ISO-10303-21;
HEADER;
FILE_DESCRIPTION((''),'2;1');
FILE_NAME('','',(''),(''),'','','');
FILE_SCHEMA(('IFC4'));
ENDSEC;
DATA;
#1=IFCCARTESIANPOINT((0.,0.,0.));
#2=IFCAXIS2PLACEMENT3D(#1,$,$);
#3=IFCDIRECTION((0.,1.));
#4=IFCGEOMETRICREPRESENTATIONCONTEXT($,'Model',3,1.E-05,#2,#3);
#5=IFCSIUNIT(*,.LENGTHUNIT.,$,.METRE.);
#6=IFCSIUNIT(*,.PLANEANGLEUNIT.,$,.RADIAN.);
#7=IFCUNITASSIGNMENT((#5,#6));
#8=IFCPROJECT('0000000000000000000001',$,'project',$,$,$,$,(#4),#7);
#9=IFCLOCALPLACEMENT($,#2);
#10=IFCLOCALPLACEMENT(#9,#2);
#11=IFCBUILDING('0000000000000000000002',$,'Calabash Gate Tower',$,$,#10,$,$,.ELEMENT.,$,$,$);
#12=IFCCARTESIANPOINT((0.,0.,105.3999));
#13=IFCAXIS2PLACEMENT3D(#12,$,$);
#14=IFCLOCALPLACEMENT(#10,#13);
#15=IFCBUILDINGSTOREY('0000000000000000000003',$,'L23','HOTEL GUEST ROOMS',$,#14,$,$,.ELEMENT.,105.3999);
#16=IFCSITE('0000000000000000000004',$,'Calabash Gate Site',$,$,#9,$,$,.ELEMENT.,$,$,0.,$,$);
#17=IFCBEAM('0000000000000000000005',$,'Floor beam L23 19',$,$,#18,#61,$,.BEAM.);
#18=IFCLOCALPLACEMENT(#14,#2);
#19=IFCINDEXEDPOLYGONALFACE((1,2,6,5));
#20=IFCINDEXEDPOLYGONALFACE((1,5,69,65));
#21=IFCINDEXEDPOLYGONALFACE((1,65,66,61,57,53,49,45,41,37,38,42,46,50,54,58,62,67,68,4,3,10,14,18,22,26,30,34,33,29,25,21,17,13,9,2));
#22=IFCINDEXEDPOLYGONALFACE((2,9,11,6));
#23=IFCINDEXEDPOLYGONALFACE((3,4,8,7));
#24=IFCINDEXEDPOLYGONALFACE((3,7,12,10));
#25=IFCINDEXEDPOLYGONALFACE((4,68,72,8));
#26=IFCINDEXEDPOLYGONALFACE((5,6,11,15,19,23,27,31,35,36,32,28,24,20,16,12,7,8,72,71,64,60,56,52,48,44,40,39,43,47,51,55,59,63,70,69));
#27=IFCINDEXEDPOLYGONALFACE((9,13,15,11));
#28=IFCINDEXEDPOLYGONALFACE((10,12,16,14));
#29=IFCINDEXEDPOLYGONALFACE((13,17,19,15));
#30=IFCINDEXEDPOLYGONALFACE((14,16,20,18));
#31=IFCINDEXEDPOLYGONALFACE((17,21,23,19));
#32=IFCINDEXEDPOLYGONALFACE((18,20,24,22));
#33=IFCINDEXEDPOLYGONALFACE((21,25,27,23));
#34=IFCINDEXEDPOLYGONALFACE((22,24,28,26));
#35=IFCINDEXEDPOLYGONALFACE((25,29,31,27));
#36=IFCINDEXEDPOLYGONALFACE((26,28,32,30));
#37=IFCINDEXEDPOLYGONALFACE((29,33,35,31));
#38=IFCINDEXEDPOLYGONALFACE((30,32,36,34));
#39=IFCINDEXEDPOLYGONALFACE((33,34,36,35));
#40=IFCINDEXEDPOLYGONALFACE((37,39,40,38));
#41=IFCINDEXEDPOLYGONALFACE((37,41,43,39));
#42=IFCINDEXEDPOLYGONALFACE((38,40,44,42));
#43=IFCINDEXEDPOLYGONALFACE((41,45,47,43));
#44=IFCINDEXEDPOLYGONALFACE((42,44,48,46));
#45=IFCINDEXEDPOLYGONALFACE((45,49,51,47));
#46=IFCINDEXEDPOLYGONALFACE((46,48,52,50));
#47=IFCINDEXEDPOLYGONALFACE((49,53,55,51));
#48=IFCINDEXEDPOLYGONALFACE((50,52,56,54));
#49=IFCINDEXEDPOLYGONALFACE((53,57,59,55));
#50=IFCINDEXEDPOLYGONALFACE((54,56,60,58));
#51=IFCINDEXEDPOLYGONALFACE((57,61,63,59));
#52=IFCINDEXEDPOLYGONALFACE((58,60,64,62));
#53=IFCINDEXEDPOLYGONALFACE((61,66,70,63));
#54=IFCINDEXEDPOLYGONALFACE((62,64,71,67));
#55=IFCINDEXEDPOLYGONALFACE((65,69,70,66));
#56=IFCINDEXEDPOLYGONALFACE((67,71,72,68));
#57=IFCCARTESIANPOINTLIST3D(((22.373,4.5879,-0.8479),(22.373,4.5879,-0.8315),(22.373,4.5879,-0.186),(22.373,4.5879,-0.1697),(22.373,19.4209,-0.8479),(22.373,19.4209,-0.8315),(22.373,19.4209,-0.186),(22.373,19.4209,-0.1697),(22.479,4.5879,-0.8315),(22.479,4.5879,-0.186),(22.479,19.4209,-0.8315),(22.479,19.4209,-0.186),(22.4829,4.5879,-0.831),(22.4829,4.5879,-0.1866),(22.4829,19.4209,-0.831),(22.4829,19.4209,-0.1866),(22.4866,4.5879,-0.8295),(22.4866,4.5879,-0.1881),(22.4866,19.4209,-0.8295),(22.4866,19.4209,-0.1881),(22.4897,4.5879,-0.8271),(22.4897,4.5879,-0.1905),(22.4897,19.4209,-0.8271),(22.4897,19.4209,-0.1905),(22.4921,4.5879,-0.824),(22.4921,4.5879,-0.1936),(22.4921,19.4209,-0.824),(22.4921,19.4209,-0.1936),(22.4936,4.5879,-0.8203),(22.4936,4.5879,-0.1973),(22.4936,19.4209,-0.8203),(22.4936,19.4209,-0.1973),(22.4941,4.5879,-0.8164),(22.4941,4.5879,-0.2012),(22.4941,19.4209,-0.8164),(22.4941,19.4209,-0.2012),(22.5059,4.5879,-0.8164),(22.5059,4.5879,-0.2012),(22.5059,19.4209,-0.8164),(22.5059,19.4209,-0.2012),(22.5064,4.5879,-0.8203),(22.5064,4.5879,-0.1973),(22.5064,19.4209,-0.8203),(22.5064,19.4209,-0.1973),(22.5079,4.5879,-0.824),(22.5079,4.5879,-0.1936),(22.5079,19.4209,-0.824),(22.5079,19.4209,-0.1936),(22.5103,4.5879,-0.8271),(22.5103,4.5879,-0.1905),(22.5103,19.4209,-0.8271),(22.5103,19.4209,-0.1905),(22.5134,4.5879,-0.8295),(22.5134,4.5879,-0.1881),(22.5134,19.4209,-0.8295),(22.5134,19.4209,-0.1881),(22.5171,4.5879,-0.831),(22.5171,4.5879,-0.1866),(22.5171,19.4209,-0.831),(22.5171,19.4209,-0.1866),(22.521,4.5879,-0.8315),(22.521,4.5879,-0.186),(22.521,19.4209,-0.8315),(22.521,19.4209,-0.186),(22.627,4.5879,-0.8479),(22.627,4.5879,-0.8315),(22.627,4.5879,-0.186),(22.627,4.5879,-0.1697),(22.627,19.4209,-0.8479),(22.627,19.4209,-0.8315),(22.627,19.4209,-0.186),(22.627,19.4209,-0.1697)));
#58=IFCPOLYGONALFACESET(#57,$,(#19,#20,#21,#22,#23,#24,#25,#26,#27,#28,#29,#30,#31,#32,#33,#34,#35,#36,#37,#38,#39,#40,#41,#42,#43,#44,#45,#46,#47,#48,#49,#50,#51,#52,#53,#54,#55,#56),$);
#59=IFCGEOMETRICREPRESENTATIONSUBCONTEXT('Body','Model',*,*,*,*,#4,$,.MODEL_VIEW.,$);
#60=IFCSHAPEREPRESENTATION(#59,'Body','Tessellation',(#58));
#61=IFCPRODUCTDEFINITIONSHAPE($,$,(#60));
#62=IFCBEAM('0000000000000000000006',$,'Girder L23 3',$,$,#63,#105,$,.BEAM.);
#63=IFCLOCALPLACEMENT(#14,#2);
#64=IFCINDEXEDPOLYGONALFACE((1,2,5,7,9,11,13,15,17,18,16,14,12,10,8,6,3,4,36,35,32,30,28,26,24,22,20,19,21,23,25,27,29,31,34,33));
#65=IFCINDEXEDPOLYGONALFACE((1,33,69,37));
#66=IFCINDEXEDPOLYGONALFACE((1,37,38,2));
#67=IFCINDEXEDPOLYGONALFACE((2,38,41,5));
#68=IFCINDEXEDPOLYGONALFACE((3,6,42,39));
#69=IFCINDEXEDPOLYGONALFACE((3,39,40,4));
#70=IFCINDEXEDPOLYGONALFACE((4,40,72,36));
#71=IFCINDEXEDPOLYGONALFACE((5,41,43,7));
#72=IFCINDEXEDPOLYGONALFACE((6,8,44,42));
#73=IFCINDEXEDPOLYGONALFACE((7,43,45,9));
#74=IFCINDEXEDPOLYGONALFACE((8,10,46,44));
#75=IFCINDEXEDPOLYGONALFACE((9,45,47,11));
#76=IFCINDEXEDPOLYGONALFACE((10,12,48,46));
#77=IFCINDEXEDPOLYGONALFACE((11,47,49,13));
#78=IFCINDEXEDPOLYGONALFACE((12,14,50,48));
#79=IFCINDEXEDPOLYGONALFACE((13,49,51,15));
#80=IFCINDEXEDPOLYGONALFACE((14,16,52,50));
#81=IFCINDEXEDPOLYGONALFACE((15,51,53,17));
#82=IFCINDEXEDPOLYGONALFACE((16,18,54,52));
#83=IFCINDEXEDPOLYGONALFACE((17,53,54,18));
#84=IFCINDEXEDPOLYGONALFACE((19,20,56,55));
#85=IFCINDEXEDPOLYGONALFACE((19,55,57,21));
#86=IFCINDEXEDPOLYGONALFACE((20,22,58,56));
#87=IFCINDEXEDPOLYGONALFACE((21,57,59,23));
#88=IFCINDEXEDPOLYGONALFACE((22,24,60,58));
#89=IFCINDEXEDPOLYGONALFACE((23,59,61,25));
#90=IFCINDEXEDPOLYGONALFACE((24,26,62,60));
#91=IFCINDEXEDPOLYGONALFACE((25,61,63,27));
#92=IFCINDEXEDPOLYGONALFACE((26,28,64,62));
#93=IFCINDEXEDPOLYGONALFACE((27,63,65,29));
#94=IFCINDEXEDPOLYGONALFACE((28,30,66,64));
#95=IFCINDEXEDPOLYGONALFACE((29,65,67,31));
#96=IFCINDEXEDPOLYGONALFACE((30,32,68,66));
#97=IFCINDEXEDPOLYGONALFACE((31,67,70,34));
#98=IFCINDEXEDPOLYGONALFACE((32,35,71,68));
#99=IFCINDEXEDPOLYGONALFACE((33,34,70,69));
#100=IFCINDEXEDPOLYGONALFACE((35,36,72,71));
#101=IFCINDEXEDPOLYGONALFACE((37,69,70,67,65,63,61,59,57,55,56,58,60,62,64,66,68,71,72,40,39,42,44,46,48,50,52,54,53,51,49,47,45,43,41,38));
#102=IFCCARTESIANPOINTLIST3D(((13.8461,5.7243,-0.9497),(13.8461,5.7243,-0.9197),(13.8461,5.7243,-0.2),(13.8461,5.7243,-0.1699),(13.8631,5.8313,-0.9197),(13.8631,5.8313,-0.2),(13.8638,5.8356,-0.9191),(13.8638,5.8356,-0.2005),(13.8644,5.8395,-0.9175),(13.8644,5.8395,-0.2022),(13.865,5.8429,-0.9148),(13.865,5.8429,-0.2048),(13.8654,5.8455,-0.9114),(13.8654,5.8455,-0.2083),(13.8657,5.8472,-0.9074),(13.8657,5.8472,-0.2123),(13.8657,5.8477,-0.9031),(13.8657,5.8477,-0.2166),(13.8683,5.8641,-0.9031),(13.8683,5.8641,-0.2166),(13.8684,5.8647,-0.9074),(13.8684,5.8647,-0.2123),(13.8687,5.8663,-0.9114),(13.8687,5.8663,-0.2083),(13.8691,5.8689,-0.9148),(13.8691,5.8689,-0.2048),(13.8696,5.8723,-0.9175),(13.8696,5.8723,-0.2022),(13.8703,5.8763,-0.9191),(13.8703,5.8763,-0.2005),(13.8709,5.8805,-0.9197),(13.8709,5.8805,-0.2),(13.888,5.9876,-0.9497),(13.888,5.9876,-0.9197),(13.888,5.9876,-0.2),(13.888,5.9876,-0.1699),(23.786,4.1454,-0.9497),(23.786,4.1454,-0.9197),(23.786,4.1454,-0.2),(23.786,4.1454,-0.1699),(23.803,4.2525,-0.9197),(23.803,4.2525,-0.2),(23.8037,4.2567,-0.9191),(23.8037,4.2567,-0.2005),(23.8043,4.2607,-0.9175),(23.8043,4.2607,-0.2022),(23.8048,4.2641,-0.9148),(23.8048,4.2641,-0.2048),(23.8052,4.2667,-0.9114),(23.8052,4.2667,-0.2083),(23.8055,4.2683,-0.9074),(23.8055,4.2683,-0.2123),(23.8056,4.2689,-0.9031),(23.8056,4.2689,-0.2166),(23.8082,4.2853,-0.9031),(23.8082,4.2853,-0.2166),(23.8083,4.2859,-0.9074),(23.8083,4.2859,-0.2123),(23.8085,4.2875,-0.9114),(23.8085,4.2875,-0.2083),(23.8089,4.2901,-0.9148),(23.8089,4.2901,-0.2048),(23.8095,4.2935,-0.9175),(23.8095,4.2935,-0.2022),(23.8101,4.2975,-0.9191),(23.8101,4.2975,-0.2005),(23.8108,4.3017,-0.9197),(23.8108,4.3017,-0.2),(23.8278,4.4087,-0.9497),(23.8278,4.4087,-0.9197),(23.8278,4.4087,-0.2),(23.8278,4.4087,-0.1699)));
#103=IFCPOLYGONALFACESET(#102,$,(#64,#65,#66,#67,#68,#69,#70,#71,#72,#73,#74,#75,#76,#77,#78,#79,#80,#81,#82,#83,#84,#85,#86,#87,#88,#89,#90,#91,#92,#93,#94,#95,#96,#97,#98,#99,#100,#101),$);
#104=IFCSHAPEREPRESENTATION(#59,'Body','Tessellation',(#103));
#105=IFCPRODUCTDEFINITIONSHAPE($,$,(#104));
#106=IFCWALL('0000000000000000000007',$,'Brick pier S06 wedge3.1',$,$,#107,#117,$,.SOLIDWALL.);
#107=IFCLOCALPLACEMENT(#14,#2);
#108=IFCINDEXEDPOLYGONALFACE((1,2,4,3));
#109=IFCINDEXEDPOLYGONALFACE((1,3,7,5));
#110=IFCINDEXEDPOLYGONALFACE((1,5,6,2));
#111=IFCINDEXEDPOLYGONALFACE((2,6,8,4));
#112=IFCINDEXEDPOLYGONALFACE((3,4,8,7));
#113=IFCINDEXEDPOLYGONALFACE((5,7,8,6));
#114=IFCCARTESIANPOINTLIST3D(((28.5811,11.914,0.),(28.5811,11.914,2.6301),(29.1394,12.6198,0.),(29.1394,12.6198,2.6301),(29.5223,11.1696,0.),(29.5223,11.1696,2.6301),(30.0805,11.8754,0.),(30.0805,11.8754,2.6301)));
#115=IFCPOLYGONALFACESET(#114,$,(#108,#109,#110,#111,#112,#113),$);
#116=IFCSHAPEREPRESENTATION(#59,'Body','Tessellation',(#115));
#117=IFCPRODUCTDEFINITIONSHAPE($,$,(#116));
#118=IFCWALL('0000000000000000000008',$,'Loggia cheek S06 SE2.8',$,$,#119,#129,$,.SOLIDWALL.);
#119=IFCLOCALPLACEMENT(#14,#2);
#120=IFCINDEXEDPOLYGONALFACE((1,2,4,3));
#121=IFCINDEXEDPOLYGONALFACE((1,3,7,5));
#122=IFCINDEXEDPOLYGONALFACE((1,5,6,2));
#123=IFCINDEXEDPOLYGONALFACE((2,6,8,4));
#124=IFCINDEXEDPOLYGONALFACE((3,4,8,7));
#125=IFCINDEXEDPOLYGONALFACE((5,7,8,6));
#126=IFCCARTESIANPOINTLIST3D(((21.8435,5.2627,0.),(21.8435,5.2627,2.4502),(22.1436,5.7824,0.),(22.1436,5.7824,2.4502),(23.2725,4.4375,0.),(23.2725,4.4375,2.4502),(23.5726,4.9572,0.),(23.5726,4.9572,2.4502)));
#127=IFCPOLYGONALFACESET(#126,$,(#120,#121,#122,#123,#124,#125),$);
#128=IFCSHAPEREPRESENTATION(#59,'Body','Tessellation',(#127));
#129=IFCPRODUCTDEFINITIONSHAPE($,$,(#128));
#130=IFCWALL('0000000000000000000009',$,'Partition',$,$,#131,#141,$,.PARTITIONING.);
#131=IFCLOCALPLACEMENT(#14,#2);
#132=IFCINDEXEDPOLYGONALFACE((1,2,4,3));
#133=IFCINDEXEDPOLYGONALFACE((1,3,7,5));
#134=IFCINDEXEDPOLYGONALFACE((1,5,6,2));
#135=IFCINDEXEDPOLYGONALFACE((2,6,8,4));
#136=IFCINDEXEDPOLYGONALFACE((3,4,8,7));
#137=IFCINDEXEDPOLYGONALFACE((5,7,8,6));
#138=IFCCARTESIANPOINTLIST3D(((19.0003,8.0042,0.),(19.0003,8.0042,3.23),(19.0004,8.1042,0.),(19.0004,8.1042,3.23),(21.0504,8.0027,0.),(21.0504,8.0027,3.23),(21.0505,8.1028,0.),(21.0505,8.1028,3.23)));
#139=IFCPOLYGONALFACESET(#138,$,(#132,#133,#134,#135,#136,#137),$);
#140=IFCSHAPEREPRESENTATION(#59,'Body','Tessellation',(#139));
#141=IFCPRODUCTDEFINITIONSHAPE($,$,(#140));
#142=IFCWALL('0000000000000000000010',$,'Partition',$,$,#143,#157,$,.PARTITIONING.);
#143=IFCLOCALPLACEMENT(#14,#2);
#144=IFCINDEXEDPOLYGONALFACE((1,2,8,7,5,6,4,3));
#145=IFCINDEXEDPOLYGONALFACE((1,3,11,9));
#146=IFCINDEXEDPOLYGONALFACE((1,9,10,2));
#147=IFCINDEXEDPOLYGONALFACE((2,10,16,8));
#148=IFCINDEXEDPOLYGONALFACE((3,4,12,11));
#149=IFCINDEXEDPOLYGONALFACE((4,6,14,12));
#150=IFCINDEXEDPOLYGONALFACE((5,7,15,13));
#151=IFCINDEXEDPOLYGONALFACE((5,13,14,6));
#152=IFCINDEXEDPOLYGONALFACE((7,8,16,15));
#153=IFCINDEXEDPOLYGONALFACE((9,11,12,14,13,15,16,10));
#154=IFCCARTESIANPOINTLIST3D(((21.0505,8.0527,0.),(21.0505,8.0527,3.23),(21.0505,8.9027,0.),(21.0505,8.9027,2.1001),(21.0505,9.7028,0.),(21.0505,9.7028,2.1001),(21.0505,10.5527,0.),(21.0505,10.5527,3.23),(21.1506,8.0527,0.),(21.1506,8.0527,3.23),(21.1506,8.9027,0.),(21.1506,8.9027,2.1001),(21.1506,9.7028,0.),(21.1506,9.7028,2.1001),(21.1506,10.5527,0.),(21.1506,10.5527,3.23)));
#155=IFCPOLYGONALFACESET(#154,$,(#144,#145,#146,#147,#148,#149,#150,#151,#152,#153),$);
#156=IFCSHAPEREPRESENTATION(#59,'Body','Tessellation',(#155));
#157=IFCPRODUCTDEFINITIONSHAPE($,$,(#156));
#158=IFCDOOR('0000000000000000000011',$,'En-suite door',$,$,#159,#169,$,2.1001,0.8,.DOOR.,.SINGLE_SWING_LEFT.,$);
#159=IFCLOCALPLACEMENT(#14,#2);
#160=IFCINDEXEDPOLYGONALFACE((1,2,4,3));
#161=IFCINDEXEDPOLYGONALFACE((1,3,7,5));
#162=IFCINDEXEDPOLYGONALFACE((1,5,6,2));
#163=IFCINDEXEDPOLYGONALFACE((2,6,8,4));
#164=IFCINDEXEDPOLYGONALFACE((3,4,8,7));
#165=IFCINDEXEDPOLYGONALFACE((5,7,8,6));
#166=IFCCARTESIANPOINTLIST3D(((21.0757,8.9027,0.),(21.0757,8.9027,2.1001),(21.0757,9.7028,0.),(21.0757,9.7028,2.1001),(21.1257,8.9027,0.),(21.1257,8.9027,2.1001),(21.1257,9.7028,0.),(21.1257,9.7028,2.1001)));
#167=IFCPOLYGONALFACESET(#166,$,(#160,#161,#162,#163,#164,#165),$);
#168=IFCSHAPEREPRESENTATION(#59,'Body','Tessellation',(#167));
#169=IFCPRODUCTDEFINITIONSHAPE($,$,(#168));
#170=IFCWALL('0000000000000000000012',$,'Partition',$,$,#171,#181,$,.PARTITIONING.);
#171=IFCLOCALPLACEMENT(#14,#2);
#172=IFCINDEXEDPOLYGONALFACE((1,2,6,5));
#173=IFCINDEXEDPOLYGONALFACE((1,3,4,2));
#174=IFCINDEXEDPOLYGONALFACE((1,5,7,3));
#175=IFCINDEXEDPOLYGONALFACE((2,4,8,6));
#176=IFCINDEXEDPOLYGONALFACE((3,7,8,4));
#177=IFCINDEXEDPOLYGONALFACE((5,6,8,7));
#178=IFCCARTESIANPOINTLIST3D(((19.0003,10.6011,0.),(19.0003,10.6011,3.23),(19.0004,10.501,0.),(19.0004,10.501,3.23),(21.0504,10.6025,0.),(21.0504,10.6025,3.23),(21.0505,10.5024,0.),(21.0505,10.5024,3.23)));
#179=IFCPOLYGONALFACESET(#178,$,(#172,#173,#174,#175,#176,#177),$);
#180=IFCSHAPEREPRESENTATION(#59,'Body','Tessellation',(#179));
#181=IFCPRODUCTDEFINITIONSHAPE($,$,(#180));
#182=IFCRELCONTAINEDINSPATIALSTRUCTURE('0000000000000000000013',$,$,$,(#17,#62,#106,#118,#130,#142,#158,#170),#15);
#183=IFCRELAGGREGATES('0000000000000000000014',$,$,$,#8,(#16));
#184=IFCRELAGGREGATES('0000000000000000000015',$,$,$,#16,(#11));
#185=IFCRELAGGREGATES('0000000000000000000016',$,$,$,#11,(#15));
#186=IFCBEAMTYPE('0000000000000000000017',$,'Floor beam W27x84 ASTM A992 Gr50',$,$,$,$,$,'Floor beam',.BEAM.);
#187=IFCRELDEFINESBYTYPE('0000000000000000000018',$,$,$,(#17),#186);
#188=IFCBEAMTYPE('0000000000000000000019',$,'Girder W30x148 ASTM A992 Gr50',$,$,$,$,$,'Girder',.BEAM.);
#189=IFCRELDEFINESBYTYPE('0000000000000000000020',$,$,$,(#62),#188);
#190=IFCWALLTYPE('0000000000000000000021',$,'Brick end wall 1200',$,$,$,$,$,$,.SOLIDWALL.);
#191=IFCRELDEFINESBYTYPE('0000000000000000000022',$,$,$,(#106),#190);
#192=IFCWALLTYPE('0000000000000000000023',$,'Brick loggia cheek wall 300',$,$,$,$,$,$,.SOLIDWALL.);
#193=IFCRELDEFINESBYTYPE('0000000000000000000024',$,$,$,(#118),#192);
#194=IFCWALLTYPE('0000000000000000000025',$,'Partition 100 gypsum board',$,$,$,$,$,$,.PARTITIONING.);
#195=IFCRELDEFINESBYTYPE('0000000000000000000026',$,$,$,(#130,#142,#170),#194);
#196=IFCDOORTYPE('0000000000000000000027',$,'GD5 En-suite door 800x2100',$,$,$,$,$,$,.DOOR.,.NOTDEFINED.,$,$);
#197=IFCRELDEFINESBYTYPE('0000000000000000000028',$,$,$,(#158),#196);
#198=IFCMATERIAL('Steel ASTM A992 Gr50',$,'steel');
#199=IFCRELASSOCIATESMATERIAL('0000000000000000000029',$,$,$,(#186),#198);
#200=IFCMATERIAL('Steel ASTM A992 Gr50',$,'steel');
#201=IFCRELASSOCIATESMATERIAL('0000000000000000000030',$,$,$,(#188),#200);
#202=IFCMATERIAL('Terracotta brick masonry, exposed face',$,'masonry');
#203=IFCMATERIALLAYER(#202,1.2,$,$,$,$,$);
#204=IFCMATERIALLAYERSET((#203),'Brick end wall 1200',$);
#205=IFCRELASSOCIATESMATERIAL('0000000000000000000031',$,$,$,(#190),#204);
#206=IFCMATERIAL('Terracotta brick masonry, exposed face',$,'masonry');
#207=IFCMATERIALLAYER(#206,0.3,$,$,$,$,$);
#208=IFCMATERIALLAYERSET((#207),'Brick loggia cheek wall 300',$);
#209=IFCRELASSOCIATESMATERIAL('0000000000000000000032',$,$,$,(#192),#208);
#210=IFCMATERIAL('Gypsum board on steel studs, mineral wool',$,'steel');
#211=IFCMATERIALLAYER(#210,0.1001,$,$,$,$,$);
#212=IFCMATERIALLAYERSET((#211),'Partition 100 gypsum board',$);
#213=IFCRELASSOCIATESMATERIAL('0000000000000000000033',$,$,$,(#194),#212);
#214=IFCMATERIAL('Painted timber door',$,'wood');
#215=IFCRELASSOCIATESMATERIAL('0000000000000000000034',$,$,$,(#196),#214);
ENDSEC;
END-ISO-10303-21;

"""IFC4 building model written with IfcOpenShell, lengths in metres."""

from ifc_helpers import new_model, si_unit, direction, frame, frame_2d, origin, origin_2d, place, context, subcontext, project, spatial, rectangle, i_section, extrude, material, layer, layer_set, material_profile, profile_set, type_object, element, fill, save


model = new_model("IFC4")

# Units and contexts
model_context = context("Model", 3, precision=1e-05, world=origin(), true_north=direction((0.0, 1.0)))
body_context = subcontext(model_context, "Body", "Model", "MODEL_VIEW")
ifc_project = project(units=[si_unit("LENGTHUNIT", "METRE"), si_unit("PLANEANGLEUNIT", "RADIAN")], contexts=[model_context])

# Site, building, storey
site_placement = place(None, origin())
site = spatial("IfcSite", under=ifc_project, at=site_placement, Name="Calabash Gate Site", CompositionType="ELEMENT", RefElevation=0.0)
building_placement = place(site_placement, origin())
building = spatial("IfcBuilding", under=site, at=building_placement, Name="Calabash Gate Tower", CompositionType="ELEMENT")
storey_placement = place(building_placement, frame((0.0, 0.0, 105.3999)))
storey = spatial("IfcBuildingStorey", under=building, at=storey_placement, Name="L23", Description="HOTEL GUEST ROOMS", CompositionType="ELEMENT", Elevation=105.3999)

# Beams
ifc_material_1 = material(Name="Steel ASTM A992 Gr50", Category="steel")
ifc_material_profile_1 = material_profile(ifc_material_1, i_section(OverallWidth=0.2539, OverallDepth=0.6782, WebThickness=0.0117, FlangeThickness=0.0164, FilletRadius=0.0151, at=origin_2d()))
ifc_profile_set_1 = profile_set([ifc_material_profile_1], Name="Steel ASTM A992 Gr50")
beam_type_1 = type_object("IfcBeamType", Name="Floor beam W27x84 ASTM A992 Gr50", ElementType="Floor beam", PredefinedType="BEAM", material=ifc_profile_set_1)
beam_1_placement = place(storey_placement, frame((22.5, 4.5879, -0.5088), z_axis=(0.0, 1.0, 0.0), x_axis=(-1.0, 0.0, 0.0)))
element("IfcBeam", 1, at=beam_1_placement, inside=storey, type_object=beam_type_1, Name="Floor beam L23 19", PredefinedType="BEAM", context=body_context, shape_type="SweptSolid", body=[
    extrude(i_section(OverallWidth=0.2539, OverallDepth=0.6782, WebThickness=0.0117, FlangeThickness=0.0164, FilletRadius=0.0151, at=origin_2d()), origin(), (0.0, 0.0, 1.0), 14.833),
])
ifc_material_2 = material(Name="Steel ASTM A992 Gr50", Category="steel")
ifc_material_profile_2 = material_profile(ifc_material_2, i_section(OverallWidth=0.2666, OverallDepth=0.7798, WebThickness=0.0166, FlangeThickness=0.03, FilletRadius=0.0166, at=origin_2d()))
ifc_profile_set_2 = profile_set([ifc_material_profile_2], Name="Steel ASTM A992 Gr50")
beam_type_2 = type_object("IfcBeamType", Name="Girder W30x148 ASTM A992 Gr50", ElementType="Girder", PredefinedType="BEAM", material=ifc_profile_set_2)
beam_2_placement = place(storey_placement, frame((23.8069, 4.2771, -0.5598), z_axis=(-0.987619, 0.156873, 0.0), x_axis=(-0.156873, -0.987619, 0.0)))
element("IfcBeam", 2, at=beam_2_placement, inside=storey, type_object=beam_type_2, Name="Girder L23 3", PredefinedType="BEAM", context=body_context, shape_type="SweptSolid", body=[
    extrude(i_section(OverallWidth=0.2666, OverallDepth=0.7798, WebThickness=0.0166, FlangeThickness=0.03, FilletRadius=0.0166, at=origin_2d()), origin(), (0.0, 0.0, 1.0), 10.0645),
])

# Walls
ifc_material_3 = material(Name="Terracotta brick masonry, exposed face", Category="masonry")
ifc_layer_1 = layer(ifc_material_3, 1.2)
ifc_layer_set_1 = layer_set([ifc_layer_1], Name="Brick end wall 1200")
wall_type_1 = type_object("IfcWallType", Name="Brick end wall 1200", PredefinedType="SOLIDWALL", material=ifc_layer_set_1)
wall_1_placement = place(storey_placement, frame((29.8015, 11.5225, 0.0), z_axis=(0.0, 0.0, 1.0), x_axis=(-0.78433, 0.620343, 0.0)))
element("IfcWall", 3, at=wall_1_placement, inside=storey, type_object=wall_type_1, Name="Brick pier S06 wedge3.1", PredefinedType="SOLIDWALL", context=body_context, shape_type="SweptSolid", body=[
    extrude(rectangle(XDim=1.2, YDim=0.8999, at=frame_2d((0.6001, 0.0))), origin(), (0.0, 0.0, 1.0), 2.6301),
])
ifc_material_4 = material(Name="Terracotta brick masonry, exposed face", Category="masonry")
ifc_layer_2 = layer(ifc_material_4, 0.3)
ifc_layer_set_2 = layer_set([ifc_layer_2], Name="Brick loggia cheek wall 300")
wall_type_2 = type_object("IfcWallType", Name="Brick loggia cheek wall 300", PredefinedType="SOLIDWALL", material=ifc_layer_set_2)
wall_2_placement = place(storey_placement, frame((23.4226, 4.6973, 0.0), z_axis=(0.0, 0.0, 1.0), x_axis=(-0.865976, 0.500085, 0.0)))
element("IfcWall", 4, at=wall_2_placement, inside=storey, type_object=wall_type_2, Name="Loggia cheek S06 SE2.8", PredefinedType="SOLIDWALL", context=body_context, shape_type="SweptSolid", body=[
    extrude(rectangle(XDim=1.6501, YDim=0.6001, at=frame_2d((0.8252, 0.0))), origin(), (0.0, 0.0, 1.0), 2.4502),
])
ifc_material_5 = material(Name="Gypsum board on steel studs, mineral wool", Category="steel")
ifc_layer_3 = layer(ifc_material_5, 0.1001)
ifc_layer_set_3 = layer_set([ifc_layer_3], Name="Partition 100 gypsum board")
wall_type_3 = type_object("IfcWallType", Name="Partition 100 gypsum board", PredefinedType="PARTITIONING", material=ifc_layer_set_3)
wall_3_placement = place(storey_placement, frame((19.0005, 8.0542, 0.0), z_axis=(0.0, 0.0, 1.0), x_axis=(1.0, -0.000715, 0.0)))
element("IfcWall", 5, at=wall_3_placement, inside=storey, type_object=wall_type_3, Name="Partition", PredefinedType="PARTITIONING", context=body_context, shape_type="SweptSolid", body=[
    extrude(rectangle(XDim=2.05, YDim=0.1001, at=frame_2d((1.0249, 0.0))), origin(), (0.0, 0.0, 1.0), 3.23),
])

# Wall, opening, door
wall_4_placement = place(storey_placement, frame((21.1006, 8.0527, 0.0), z_axis=(0.0, 0.0, 1.0), x_axis=(0.0, 1.0, 0.0)))
wall_4 = element("IfcWall", 6, at=wall_4_placement, inside=storey, type_object=wall_type_3, Name="Partition", PredefinedType="PARTITIONING", context=body_context, shape_type="SweptSolid", body=[
    extrude(rectangle(XDim=2.5, YDim=0.1001, at=frame_2d((1.25, 0.0))), origin(), (0.0, 0.0, 1.0), 3.23),
])
opening_1_placement = place(wall_4_placement, frame((0.8501, 0.0, 0.0)))
opening_1 = element("IfcOpeningElement", 7, at=opening_1_placement, cuts=wall_4, PredefinedType="OPENING", context=body_context, shape_type="SweptSolid", body=[
    extrude(rectangle(XDim=0.8, YDim=2.1001, at=frame_2d((0.3999, 1.05))), frame((0.0, 0.0601, 0.0), z_axis=(0.0, -1.0, 0.0), x_axis=(1.0, 0.0, 0.0)), (0.0, 0.0, 1.0), 0.1201),
])
ifc_material_6 = material(Name="Painted timber door", Category="wood")
door_type = type_object("IfcDoorType", Name="GD5 En-suite door 800x2100", OperationType="NOTDEFINED", PredefinedType="DOOR", material=ifc_material_6)
door_placement = place(opening_1_placement, origin())
door = element("IfcDoor", 8, at=door_placement, inside=storey, type_object=door_type, Name="En-suite door", OperationType="SINGLE_SWING_LEFT", OverallHeight=2.1001, OverallWidth=0.8, PredefinedType="DOOR", context=body_context, shape_type="SweptSolid", body=[
    extrude(rectangle(XDim=0.8, YDim=2.1001, at=frame_2d((0.3999, 1.05))), frame((0.0, 0.0249, 0.0), z_axis=(0.0, -1.0, 0.0), x_axis=(1.0, 0.0, 0.0)), (0.0, 0.0, 1.0), 0.05),
])
fill(opening_1, door)

# Wall
wall_5_placement = place(storey_placement, frame((19.0005, 10.551, 0.0), z_axis=(0.0, 0.0, 1.0), x_axis=(1.0, 0.000715, 0.0)))
element("IfcWall", 9, at=wall_5_placement, inside=storey, type_object=wall_type_3, Name="Partition", PredefinedType="PARTITIONING", context=body_context, shape_type="SweptSolid", body=[
    extrude(rectangle(XDim=2.05, YDim=0.1001, at=frame_2d((1.0249, 0.0))), origin(), (0.0, 0.0, 1.0), 3.23),
])

save(model, "model.ifc")
